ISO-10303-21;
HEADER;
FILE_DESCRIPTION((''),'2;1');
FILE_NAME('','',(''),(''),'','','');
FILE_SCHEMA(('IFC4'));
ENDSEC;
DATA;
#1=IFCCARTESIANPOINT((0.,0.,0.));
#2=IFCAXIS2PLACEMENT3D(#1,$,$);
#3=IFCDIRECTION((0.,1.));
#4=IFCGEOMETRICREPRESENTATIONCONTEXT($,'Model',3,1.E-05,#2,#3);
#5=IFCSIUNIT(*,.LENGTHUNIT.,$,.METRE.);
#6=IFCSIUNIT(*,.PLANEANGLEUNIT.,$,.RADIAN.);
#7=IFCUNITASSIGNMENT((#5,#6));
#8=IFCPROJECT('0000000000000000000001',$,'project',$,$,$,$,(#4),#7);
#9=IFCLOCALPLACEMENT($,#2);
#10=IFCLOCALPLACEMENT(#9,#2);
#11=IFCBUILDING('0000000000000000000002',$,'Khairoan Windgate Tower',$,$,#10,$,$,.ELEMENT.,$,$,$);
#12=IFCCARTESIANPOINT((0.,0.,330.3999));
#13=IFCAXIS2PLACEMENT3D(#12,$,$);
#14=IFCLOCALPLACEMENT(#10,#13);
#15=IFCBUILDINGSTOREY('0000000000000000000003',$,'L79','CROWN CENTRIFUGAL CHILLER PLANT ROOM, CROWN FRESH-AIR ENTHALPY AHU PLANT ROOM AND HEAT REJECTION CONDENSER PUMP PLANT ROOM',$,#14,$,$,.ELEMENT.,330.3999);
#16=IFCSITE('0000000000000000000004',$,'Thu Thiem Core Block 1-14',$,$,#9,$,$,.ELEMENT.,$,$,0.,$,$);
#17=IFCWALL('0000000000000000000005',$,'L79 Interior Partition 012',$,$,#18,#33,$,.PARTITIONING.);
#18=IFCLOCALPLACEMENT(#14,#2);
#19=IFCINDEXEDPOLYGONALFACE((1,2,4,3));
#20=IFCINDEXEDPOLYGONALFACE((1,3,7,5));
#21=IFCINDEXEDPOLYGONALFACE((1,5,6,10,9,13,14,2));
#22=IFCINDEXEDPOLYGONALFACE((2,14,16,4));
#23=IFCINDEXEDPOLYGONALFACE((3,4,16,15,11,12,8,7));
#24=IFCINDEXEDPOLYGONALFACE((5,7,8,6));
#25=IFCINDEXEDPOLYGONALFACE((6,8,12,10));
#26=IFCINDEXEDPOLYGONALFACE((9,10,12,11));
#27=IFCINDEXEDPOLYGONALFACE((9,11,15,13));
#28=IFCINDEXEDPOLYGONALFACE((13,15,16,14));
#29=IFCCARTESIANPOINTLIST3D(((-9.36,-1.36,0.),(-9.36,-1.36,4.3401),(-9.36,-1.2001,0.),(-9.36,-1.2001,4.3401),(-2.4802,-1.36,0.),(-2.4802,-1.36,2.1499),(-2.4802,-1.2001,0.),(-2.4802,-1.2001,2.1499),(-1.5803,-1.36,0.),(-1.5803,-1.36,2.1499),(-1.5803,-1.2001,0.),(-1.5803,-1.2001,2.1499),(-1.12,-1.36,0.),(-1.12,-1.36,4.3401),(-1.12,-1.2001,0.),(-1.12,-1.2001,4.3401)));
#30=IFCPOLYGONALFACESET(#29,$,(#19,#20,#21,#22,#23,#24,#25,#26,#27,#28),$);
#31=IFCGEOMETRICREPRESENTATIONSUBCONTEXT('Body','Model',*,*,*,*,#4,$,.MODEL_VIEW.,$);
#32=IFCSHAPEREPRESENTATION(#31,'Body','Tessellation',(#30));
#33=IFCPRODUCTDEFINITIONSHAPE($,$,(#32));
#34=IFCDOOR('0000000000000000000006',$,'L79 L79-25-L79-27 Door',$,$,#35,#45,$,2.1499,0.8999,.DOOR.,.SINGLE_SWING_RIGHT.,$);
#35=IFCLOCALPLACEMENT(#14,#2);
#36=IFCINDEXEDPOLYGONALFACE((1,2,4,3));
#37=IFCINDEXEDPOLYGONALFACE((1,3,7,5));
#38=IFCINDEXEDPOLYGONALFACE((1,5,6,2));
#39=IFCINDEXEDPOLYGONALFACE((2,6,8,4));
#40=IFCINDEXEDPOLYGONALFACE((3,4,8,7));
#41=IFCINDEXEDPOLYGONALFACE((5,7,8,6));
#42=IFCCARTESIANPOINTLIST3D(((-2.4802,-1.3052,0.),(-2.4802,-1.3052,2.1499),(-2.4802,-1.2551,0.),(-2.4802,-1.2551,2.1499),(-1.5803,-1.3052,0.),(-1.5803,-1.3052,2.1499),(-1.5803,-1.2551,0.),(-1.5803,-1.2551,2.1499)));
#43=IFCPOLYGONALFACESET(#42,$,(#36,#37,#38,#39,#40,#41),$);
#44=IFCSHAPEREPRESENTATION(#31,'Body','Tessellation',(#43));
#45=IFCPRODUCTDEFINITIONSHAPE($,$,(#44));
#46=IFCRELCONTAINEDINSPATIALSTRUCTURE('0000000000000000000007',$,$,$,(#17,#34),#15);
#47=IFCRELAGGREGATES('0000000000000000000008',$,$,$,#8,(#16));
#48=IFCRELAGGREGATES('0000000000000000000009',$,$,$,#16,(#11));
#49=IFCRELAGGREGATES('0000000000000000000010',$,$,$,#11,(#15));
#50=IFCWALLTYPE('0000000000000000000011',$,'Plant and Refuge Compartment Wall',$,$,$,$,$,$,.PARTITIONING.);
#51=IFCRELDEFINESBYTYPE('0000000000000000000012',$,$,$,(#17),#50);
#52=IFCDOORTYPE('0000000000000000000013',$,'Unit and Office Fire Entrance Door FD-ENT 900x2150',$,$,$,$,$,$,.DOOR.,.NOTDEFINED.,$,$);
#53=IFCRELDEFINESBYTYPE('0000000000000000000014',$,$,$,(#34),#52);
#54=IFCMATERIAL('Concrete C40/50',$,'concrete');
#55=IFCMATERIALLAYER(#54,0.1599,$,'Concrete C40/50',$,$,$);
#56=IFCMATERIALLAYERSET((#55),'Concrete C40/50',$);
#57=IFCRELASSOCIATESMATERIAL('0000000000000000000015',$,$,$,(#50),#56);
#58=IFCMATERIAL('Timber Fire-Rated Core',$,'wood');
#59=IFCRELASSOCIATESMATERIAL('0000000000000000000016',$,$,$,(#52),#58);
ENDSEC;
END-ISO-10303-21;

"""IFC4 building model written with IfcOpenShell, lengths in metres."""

from ifc_helpers import new_model, si_unit, direction, frame, frame_2d, origin, place, context, subcontext, project, spatial, rectangle, extrude, material, layer, layer_set, type_object, element, fill, save


model = new_model("IFC4")

# Units and contexts
model_context = context("Model", 3, precision=1e-05, world=origin(), true_north=direction((0.0, 1.0)))
body_context = subcontext(model_context, "Body", "Model", "MODEL_VIEW")
ifc_project = project(units=[si_unit("LENGTHUNIT", "METRE"), si_unit("PLANEANGLEUNIT", "RADIAN")], contexts=[model_context])

# Site, building, storey
site_placement = place(None, origin())
site = spatial("IfcSite", under=ifc_project, at=site_placement, Name="Thu Thiem Core Block 1-14", CompositionType="ELEMENT", RefElevation=0.0)
building_placement = place(site_placement, origin())
building = spatial("IfcBuilding", under=site, at=building_placement, Name="Khairoan Windgate Tower", CompositionType="ELEMENT")
storey_placement = place(building_placement, frame((0.0, 0.0, 330.3999)))
storey = spatial("IfcBuildingStorey", under=building, at=storey_placement, Name="L79", Description="CROWN CENTRIFUGAL CHILLER PLANT ROOM, CROWN FRESH-AIR ENTHALPY AHU PLANT ROOM AND HEAT REJECTION CONDENSER PUMP PLANT ROOM", CompositionType="ELEMENT", Elevation=330.3999)

# Shared definitions
ifc_material_1 = material(Name="Concrete C40/50", Category="concrete")
ifc_layer_1 = layer(ifc_material_1, 0.1599, Name="Concrete C40/50")
ifc_layer_set_1 = layer_set([ifc_layer_1], Name="Concrete C40/50")
wall_type_1 = type_object("IfcWallType", Name="Plant and Refuge Compartment Wall", PredefinedType="PARTITIONING", material=ifc_layer_set_1)

# Wall, opening, door
wall_1_placement = place(storey_placement, frame((-9.3601, -1.28, 0.0), z_axis=(0.0, 0.0, 1.0), x_axis=(1.0, 0.0, 0.0)))
wall_1 = element("IfcWall", 1, at=wall_1_placement, inside=storey, type_object=wall_type_1, Name="L79 Interior Partition 012", PredefinedType="PARTITIONING", context=body_context, shape_type="SweptSolid", body=[
    extrude(rectangle(XDim=8.24, YDim=0.1599, at=frame_2d((4.1201, 0.0))), origin(), (0.0, 0.0, 1.0), 4.3401),
])
opening_1_placement = place(wall_1_placement, frame((6.8799, 0.0, 0.0)))
opening_1 = element("IfcOpeningElement", 2, at=opening_1_placement, cuts=wall_1, PredefinedType="OPENING", context=body_context, shape_type="SweptSolid", body=[
    extrude(rectangle(XDim=0.8999, YDim=2.1499, at=frame_2d((0.45, 1.075))), frame((0.0, 0.0898, 0.0), z_axis=(0.0, -1.0, 0.0), x_axis=(1.0, 0.0, 0.0)), (0.0, 0.0, 1.0), 0.1799),
])
ifc_material_2 = material(Name="Timber Fire-Rated Core", Category="wood")
door_type_1 = type_object("IfcDoorType", Name="Unit and Office Fire Entrance Door FD-ENT 900x2150", OperationType="NOTDEFINED", PredefinedType="DOOR", material=ifc_material_2)
door_1_placement = place(opening_1_placement, origin())
door_1 = element("IfcDoor", 3, at=door_1_placement, inside=storey, type_object=door_type_1, Name="L79 L79-25-L79-27 Door", OperationType="SINGLE_SWING_RIGHT", OverallHeight=2.1499, OverallWidth=0.8999, PredefinedType="DOOR", context=body_context, shape_type="SweptSolid", body=[
    extrude(rectangle(XDim=0.8999, YDim=2.1499, at=frame_2d((0.45, 1.075))), frame((0.0, 0.0249, 0.0), z_axis=(0.0, -1.0, 0.0), x_axis=(1.0, 0.0, 0.0)), (0.0, 0.0, 1.0), 0.05),
])
fill(opening_1, door_1)

save(model, "model.ifc")
